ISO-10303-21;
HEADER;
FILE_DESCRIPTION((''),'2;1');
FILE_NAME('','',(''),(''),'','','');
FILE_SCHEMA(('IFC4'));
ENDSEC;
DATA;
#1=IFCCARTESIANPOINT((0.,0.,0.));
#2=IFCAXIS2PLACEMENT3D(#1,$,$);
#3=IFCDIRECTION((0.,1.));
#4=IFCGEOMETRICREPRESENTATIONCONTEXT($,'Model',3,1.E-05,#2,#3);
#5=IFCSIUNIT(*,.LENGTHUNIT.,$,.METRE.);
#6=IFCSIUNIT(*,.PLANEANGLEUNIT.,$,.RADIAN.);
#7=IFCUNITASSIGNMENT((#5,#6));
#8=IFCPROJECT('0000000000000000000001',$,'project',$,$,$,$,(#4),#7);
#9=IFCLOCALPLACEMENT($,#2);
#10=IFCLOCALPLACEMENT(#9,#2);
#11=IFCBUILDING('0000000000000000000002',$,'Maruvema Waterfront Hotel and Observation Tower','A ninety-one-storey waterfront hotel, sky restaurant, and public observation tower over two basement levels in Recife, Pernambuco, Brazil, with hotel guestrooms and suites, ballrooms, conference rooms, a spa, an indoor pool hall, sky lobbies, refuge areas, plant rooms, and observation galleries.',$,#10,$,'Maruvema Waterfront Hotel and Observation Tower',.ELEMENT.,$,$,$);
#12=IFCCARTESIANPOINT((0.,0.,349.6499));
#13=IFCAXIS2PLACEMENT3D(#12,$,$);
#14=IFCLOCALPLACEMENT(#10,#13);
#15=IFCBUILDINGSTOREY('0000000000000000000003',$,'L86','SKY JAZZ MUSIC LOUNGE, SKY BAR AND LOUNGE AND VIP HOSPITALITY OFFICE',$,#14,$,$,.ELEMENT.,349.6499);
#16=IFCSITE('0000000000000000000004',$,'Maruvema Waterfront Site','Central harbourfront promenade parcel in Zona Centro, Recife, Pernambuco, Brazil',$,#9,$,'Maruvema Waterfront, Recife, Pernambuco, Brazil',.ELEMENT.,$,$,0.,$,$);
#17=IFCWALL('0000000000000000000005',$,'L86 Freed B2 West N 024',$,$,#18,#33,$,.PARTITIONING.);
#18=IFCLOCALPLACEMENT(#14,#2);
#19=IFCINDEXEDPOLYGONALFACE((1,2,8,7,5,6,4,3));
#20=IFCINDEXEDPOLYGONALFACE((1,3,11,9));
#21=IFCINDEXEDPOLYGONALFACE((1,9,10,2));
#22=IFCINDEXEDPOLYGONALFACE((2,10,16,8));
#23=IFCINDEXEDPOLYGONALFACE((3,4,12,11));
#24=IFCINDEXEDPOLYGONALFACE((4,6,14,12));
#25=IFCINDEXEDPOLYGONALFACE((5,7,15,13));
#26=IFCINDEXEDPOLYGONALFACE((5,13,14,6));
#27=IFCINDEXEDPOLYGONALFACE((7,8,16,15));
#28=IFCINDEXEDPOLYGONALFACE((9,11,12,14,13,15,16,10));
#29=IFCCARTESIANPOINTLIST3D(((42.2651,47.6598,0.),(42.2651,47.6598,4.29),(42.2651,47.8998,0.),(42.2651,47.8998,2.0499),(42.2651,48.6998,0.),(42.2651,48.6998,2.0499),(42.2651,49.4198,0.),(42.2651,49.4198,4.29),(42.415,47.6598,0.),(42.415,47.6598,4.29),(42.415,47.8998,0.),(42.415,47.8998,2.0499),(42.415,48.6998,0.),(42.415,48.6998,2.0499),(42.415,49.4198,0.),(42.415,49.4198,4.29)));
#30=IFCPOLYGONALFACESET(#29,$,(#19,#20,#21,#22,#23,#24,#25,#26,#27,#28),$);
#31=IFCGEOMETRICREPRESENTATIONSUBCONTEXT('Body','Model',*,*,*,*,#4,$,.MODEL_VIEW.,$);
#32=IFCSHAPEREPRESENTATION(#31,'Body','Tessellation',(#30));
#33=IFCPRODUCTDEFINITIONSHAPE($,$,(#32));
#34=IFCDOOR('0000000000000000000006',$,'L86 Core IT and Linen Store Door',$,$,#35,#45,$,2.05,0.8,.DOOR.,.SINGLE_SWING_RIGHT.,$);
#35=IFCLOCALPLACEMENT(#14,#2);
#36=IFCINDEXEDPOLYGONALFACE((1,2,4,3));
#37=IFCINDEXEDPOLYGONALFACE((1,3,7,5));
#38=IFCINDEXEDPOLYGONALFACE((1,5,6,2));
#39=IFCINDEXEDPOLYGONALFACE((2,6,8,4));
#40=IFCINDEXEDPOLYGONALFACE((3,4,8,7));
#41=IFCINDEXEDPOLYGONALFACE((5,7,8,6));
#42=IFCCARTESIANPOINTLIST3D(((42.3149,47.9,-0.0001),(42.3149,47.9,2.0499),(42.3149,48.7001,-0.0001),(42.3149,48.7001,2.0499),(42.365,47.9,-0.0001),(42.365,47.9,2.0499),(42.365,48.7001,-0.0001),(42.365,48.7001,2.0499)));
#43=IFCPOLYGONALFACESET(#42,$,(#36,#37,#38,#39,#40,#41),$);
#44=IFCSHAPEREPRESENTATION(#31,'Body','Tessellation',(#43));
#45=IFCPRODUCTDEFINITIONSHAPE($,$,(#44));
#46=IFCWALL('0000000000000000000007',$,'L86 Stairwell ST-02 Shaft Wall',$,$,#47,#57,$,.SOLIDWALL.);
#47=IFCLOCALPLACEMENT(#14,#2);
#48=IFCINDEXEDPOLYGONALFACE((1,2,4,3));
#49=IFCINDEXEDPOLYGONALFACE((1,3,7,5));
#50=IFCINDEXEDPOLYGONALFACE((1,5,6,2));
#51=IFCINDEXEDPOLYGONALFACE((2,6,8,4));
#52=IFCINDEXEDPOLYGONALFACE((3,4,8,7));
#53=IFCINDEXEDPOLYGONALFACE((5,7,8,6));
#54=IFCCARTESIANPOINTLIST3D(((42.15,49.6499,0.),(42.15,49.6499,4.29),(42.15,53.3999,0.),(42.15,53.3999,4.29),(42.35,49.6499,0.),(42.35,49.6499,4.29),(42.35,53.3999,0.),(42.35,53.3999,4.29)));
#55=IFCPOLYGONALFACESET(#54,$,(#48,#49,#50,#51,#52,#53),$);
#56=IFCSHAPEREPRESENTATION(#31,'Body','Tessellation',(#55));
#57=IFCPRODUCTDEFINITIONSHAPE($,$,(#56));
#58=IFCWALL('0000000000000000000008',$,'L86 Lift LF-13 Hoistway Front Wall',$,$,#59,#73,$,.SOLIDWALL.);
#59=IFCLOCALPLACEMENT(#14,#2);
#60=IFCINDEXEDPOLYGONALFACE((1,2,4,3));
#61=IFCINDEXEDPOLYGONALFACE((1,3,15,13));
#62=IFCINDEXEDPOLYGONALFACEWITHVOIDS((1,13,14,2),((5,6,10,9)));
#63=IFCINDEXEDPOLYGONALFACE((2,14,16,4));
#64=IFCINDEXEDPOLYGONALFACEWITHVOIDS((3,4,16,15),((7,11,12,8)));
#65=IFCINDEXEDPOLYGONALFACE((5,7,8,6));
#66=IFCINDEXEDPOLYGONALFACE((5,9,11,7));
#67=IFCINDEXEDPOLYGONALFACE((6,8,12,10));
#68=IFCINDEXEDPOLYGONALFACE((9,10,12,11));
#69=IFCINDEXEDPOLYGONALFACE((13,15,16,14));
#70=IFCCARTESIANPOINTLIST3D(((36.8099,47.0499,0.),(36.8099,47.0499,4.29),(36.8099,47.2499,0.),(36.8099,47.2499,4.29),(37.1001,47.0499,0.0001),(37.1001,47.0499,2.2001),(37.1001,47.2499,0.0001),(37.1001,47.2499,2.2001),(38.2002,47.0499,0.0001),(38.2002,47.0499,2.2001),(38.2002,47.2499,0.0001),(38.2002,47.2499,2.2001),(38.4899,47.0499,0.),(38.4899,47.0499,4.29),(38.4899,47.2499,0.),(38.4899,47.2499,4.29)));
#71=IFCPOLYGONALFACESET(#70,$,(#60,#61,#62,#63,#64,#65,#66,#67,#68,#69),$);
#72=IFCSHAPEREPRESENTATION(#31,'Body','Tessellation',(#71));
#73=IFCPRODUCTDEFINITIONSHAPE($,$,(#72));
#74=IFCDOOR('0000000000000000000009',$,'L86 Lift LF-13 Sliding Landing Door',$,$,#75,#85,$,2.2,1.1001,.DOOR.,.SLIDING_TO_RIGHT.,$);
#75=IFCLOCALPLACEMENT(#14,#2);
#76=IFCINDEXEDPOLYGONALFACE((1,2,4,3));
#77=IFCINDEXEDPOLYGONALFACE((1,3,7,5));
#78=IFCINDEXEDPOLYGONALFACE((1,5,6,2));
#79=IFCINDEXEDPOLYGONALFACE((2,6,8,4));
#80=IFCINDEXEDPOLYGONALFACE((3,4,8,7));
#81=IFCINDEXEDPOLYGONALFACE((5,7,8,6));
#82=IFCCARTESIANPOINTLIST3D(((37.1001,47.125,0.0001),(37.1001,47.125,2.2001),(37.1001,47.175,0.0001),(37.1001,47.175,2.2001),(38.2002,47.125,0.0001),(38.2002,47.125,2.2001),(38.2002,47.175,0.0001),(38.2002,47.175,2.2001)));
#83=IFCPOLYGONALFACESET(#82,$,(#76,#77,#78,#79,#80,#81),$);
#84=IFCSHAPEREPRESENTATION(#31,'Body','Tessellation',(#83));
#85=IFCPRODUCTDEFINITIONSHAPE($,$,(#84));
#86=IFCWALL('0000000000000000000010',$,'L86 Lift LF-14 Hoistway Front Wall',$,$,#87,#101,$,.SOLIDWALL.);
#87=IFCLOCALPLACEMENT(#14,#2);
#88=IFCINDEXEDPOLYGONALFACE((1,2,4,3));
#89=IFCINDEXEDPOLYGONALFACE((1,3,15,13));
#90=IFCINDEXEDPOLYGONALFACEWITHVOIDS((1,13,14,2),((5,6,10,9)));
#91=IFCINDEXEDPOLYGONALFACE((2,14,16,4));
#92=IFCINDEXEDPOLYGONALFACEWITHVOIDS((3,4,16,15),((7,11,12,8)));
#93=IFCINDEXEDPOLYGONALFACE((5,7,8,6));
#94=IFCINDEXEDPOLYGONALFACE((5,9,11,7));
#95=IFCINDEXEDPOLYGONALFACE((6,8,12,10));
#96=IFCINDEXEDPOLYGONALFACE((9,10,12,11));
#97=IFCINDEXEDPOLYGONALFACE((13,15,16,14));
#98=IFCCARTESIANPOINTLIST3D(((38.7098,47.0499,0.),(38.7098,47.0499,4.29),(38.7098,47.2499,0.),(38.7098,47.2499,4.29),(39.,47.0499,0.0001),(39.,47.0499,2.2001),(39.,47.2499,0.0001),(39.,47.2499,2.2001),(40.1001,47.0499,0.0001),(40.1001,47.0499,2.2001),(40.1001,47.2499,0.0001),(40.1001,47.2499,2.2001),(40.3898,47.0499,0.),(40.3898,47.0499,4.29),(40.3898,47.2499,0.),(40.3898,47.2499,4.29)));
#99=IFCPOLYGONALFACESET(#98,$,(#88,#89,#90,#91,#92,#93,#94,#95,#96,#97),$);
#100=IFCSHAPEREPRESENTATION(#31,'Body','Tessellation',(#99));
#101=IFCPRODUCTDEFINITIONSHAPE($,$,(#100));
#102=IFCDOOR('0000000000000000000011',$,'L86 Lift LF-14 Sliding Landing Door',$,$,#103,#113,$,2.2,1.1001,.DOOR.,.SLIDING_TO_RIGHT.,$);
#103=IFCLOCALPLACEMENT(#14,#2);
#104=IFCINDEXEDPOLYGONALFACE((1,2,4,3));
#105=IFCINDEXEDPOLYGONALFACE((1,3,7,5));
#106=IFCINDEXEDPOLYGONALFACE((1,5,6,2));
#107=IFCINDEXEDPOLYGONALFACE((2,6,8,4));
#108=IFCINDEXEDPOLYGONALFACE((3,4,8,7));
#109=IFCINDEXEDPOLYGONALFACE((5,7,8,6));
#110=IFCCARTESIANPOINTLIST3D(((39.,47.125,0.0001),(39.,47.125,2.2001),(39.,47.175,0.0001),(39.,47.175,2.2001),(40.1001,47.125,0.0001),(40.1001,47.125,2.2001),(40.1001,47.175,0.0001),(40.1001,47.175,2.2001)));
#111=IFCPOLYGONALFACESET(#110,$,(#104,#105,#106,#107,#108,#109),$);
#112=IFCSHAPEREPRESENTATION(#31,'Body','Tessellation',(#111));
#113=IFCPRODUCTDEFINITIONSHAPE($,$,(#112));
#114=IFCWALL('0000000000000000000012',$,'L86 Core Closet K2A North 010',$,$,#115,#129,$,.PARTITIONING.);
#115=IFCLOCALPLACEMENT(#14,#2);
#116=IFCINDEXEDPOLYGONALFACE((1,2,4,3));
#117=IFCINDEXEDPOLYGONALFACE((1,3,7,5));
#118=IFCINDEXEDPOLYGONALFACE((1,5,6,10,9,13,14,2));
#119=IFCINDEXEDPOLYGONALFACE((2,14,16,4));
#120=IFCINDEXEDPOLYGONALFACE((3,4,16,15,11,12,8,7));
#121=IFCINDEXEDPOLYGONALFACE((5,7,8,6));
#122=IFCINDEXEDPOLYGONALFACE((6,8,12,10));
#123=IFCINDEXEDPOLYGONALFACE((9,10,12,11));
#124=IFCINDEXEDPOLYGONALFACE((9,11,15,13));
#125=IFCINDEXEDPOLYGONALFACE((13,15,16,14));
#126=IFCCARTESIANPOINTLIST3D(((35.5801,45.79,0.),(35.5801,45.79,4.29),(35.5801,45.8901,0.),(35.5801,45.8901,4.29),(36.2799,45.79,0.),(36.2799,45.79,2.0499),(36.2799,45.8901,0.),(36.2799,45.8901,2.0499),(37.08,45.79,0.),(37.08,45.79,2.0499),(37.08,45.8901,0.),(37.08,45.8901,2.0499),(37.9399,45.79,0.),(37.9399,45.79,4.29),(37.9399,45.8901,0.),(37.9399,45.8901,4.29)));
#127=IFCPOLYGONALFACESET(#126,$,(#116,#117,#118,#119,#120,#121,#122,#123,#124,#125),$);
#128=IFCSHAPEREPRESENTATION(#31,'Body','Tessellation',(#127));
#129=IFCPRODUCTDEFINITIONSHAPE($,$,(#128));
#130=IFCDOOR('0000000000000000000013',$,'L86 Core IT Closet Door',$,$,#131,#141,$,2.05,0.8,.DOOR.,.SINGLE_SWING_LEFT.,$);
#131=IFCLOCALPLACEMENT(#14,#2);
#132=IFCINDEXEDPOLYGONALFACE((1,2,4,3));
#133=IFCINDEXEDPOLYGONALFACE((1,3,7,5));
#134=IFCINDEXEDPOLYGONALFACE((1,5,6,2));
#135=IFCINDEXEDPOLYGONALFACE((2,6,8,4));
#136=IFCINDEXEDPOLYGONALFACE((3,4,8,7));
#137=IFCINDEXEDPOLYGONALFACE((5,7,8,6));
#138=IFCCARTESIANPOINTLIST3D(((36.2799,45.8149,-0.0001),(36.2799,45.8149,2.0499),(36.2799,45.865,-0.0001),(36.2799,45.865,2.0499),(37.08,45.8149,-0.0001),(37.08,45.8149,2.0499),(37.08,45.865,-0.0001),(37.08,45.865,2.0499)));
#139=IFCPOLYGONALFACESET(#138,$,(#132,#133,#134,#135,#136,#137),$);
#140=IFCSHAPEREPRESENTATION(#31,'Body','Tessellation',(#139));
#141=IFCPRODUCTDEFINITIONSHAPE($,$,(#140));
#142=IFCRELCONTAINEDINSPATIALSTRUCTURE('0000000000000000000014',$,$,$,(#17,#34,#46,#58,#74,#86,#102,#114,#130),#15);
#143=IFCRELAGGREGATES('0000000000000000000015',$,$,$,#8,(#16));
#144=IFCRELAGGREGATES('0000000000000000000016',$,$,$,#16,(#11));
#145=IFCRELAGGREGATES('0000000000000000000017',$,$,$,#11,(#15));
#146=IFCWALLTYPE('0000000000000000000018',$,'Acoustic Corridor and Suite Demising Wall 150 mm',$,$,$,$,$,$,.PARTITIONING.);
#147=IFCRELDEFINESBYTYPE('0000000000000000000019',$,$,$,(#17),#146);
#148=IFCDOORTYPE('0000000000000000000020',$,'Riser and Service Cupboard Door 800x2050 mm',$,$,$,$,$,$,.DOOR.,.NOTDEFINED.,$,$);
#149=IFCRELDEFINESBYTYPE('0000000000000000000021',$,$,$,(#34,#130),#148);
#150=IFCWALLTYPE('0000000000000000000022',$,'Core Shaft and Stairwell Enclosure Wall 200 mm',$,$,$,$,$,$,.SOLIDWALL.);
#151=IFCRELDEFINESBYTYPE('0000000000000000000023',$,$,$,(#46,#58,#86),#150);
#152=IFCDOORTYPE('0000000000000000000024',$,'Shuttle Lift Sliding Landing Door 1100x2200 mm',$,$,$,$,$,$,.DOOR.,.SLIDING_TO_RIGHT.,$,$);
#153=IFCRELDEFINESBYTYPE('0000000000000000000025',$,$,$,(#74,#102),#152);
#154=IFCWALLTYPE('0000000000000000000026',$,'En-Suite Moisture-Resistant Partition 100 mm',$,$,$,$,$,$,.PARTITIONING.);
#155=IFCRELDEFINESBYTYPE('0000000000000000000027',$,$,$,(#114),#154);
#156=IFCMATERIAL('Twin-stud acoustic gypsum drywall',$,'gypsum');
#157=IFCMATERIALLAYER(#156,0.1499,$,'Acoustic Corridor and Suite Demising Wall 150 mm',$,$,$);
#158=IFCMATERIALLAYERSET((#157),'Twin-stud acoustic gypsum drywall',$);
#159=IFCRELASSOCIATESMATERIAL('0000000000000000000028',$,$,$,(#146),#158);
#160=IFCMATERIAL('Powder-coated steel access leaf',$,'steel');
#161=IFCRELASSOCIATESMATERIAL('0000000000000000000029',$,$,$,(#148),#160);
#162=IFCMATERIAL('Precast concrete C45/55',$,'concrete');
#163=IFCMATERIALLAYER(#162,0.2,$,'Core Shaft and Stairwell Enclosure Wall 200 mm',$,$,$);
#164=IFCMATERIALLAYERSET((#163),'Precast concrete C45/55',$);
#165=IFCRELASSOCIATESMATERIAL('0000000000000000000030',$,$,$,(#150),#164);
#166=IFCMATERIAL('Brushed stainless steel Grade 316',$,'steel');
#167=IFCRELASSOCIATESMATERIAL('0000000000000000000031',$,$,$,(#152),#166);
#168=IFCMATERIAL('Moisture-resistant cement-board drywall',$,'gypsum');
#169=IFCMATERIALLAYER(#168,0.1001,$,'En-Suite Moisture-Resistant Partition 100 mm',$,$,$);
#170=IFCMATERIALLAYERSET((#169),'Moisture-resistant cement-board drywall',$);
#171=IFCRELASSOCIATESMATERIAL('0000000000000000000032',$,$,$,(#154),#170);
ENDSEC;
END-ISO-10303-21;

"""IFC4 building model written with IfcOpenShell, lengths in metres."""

from ifc_helpers import new_model, si_unit, direction, frame, frame_2d, origin, place, context, subcontext, project, spatial, rectangle, extrude, material, layer, layer_set, type_object, element, fill, save


model = new_model("IFC4")

# Units and contexts
model_context = context("Model", 3, precision=1e-05, world=origin(), true_north=direction((0.0, 1.0)))
body_context = subcontext(model_context, "Body", "Model", "MODEL_VIEW")
ifc_project = project(units=[si_unit("LENGTHUNIT", "METRE"), si_unit("PLANEANGLEUNIT", "RADIAN")], contexts=[model_context])

# Site, building, storey
site_placement = place(None, origin())
site = spatial("IfcSite", under=ifc_project, at=site_placement, Name="Maruvema Waterfront Site", Description="Central harbourfront promenade parcel in Zona Centro, Recife, Pernambuco, Brazil", LongName="Maruvema Waterfront, Recife, Pernambuco, Brazil", CompositionType="ELEMENT", RefElevation=0.0)
building_placement = place(site_placement, origin())
building = spatial("IfcBuilding", under=site, at=building_placement, Name="Maruvema Waterfront Hotel and Observation Tower", Description="A ninety-one-storey waterfront hotel, sky restaurant, and public observation tower over two basement levels in Recife, Pernambuco, Brazil, with hotel guestrooms and suites, ballrooms, conference rooms, a spa, an indoor pool hall, sky lobbies, refuge areas, plant rooms, and observation galleries.", LongName="Maruvema Waterfront Hotel and Observation Tower", CompositionType="ELEMENT")
storey_placement = place(building_placement, frame((0.0, 0.0, 349.6499)))
storey = spatial("IfcBuildingStorey", under=building, at=storey_placement, Name="L86", Description="SKY JAZZ MUSIC LOUNGE, SKY BAR AND LOUNGE AND VIP HOSPITALITY OFFICE", CompositionType="ELEMENT", Elevation=349.6499)

# Wall, opening, door
ifc_material_1 = material(Name="Twin-stud acoustic gypsum drywall", Category="gypsum")
ifc_layer_1 = layer(ifc_material_1, 0.1499, Name="Acoustic Corridor and Suite Demising Wall 150 mm")
ifc_layer_set_1 = layer_set([ifc_layer_1], Name="Twin-stud acoustic gypsum drywall")
wall_type_1 = type_object("IfcWallType", Name="Acoustic Corridor and Suite Demising Wall 150 mm", PredefinedType="PARTITIONING", material=ifc_layer_set_1)
wall_1_placement = place(storey_placement, frame((42.3401, 47.6599, 0.0), z_axis=(0.0, 0.0, 1.0), x_axis=(0.0, 1.0, 0.0)))
wall_1 = element("IfcWall", 1, at=wall_1_placement, inside=storey, type_object=wall_type_1, Name="L86 Freed B2 West N 024", PredefinedType="PARTITIONING", context=body_context, shape_type="SweptSolid", body=[
    extrude(rectangle(XDim=1.76, YDim=0.1499, at=frame_2d((0.8799, 0.0))), origin(), (0.0, 0.0, 1.0), 4.29),
])
opening_1_placement = place(wall_1_placement, frame((0.24, 0.0, 0.0)))
opening_1 = element("IfcOpeningElement", 2, at=opening_1_placement, cuts=wall_1, PredefinedType="OPENING", context=body_context, shape_type="SweptSolid", body=[
    extrude(rectangle(XDim=0.8, YDim=2.05, at=frame_2d((0.3999, 1.0249))), frame((0.0, 0.085, 0.0), z_axis=(0.0, -1.0, 0.0), x_axis=(1.0, 0.0, 0.0)), (0.0, 0.0, 1.0), 0.1699),
])
ifc_material_2 = material(Name="Powder-coated steel access leaf", Category="steel")
door_type_1 = type_object("IfcDoorType", Name="Riser and Service Cupboard Door 800x2050 mm", OperationType="NOTDEFINED", PredefinedType="DOOR", material=ifc_material_2)
door_1_placement = place(opening_1_placement, frame((0.8, 0.0, 0.0), z_axis=(0.0, 0.0, 1.0), x_axis=(-1.0, 0.0, 0.0)))
door_1 = element("IfcDoor", 3, at=door_1_placement, inside=storey, type_object=door_type_1, Name="L86 Core IT and Linen Store Door", OperationType="SINGLE_SWING_RIGHT", OverallHeight=2.05, OverallWidth=0.8, PredefinedType="DOOR", context=body_context, shape_type="SweptSolid", body=[
    extrude(rectangle(XDim=0.8, YDim=2.05, at=frame_2d((0.3999, 1.0249))), frame((0.0, 0.0249, 0.0), z_axis=(0.0, -1.0, 0.0), x_axis=(1.0, 0.0, 0.0)), (0.0, 0.0, 1.0), 0.05),
])
fill(opening_1, door_1)

# Wall
ifc_material_3 = material(Name="Precast concrete C45/55", Category="concrete")
ifc_layer_2 = layer(ifc_material_3, 0.2, Name="Core Shaft and Stairwell Enclosure Wall 200 mm")
ifc_layer_set_2 = layer_set([ifc_layer_2], Name="Precast concrete C45/55")
wall_type_2 = type_object("IfcWallType", Name="Core Shaft and Stairwell Enclosure Wall 200 mm", PredefinedType="SOLIDWALL", material=ifc_layer_set_2)
wall_2_placement = place(storey_placement, frame((42.25, 49.6499, 0.0), z_axis=(0.0, 0.0, 1.0), x_axis=(0.0, 1.0, 0.0)))
element("IfcWall", 4, at=wall_2_placement, inside=storey, type_object=wall_type_2, Name="L86 Stairwell ST-02 Shaft Wall", PredefinedType="SOLIDWALL", context=body_context, shape_type="SweptSolid", body=[
    extrude(rectangle(XDim=3.75, YDim=0.2, at=frame_2d((1.875, 0.0))), origin(), (0.0, 0.0, 1.0), 4.29),
])

# Walls, openings, doors
wall_3_placement = place(storey_placement, frame((36.8101, 47.1499, 0.0), z_axis=(0.0, 0.0, 1.0), x_axis=(1.0, 0.0, 0.0)))
wall_3 = element("IfcWall", 5, at=wall_3_placement, inside=storey, type_object=wall_type_2, Name="L86 Lift LF-13 Hoistway Front Wall", PredefinedType="SOLIDWALL", context=body_context, shape_type="SweptSolid", body=[
    extrude(rectangle(XDim=1.6799, YDim=0.2, at=frame_2d((0.8398, 0.0))), origin(), (0.0, 0.0, 1.0), 4.29),
])
opening_2_placement = place(wall_3_placement, frame((0.29, 0.0, 0.0)))
opening_2 = element("IfcOpeningElement", 6, at=opening_2_placement, cuts=wall_3, PredefinedType="OPENING", context=body_context, shape_type="SweptSolid", body=[
    extrude(rectangle(XDim=1.1001, YDim=2.2, at=frame_2d((0.55, 1.1001))), frame((0.0, 0.1099, 0.0), z_axis=(0.0, -1.0, 0.0), x_axis=(1.0, 0.0, 0.0)), (0.0, 0.0, 1.0), 0.22),
])
ifc_material_4 = material(Name="Brushed stainless steel Grade 316", Category="steel")
door_type_2 = type_object("IfcDoorType", Name="Shuttle Lift Sliding Landing Door 1100x2200 mm", OperationType="SLIDING_TO_RIGHT", PredefinedType="DOOR", material=ifc_material_4)
door_2_placement = place(opening_2_placement, frame((1.1001, 0.0, 0.0), z_axis=(0.0, 0.0, 1.0), x_axis=(-1.0, 0.0, 0.0)))
door_2 = element("IfcDoor", 7, at=door_2_placement, inside=storey, type_object=door_type_2, Name="L86 Lift LF-13 Sliding Landing Door", OperationType="SLIDING_TO_RIGHT", OverallHeight=2.2, OverallWidth=1.1001, PredefinedType="DOOR", context=body_context, shape_type="SweptSolid", body=[
    extrude(rectangle(XDim=1.1001, YDim=2.2, at=frame_2d((0.55, 1.1001))), frame((0.0, 0.0249, 0.0), z_axis=(0.0, -1.0, 0.0), x_axis=(1.0, 0.0, 0.0)), (0.0, 0.0, 1.0), 0.05),
])
fill(opening_2, door_2)
wall_4_placement = place(storey_placement, frame((38.71, 47.1499, 0.0), z_axis=(0.0, 0.0, 1.0), x_axis=(1.0, 0.0, 0.0)))
wall_4 = element("IfcWall", 8, at=wall_4_placement, inside=storey, type_object=wall_type_2, Name="L86 Lift LF-14 Hoistway Front Wall", PredefinedType="SOLIDWALL", context=body_context, shape_type="SweptSolid", body=[
    extrude(rectangle(XDim=1.6799, YDim=0.2, at=frame_2d((0.8398, 0.0))), origin(), (0.0, 0.0, 1.0), 4.29),
])
opening_3_placement = place(wall_4_placement, frame((0.29, 0.0, 0.0)))
opening_3 = element("IfcOpeningElement", 9, at=opening_3_placement, cuts=wall_4, PredefinedType="OPENING", context=body_context, shape_type="SweptSolid", body=[
    extrude(rectangle(XDim=1.1001, YDim=2.2, at=frame_2d((0.55, 1.1001))), frame((0.0, 0.1099, 0.0), z_axis=(0.0, -1.0, 0.0), x_axis=(1.0, 0.0, 0.0)), (0.0, 0.0, 1.0), 0.22),
])
door_3_placement = place(opening_3_placement, frame((1.1001, 0.0, 0.0), z_axis=(0.0, 0.0, 1.0), x_axis=(-1.0, 0.0, 0.0)))
door_3 = element("IfcDoor", 10, at=door_3_placement, inside=storey, type_object=door_type_2, Name="L86 Lift LF-14 Sliding Landing Door", OperationType="SLIDING_TO_RIGHT", OverallHeight=2.2, OverallWidth=1.1001, PredefinedType="DOOR", context=body_context, shape_type="SweptSolid", body=[
    extrude(rectangle(XDim=1.1001, YDim=2.2, at=frame_2d((0.55, 1.1001))), frame((0.0, 0.0249, 0.0), z_axis=(0.0, -1.0, 0.0), x_axis=(1.0, 0.0, 0.0)), (0.0, 0.0, 1.0), 0.05),
])
fill(opening_3, door_3)
ifc_material_5 = material(Name="Moisture-resistant cement-board drywall", Category="gypsum")
ifc_layer_3 = layer(ifc_material_5, 0.1001, Name="En-Suite Moisture-Resistant Partition 100 mm")
ifc_layer_set_3 = layer_set([ifc_layer_3], Name="Moisture-resistant cement-board drywall")
wall_type_3 = type_object("IfcWallType", Name="En-Suite Moisture-Resistant Partition 100 mm", PredefinedType="PARTITIONING", material=ifc_layer_set_3)
wall_5_placement = place(storey_placement, frame((35.5801, 45.8401, 0.0), z_axis=(0.0, 0.0, 1.0), x_axis=(1.0, 0.0, 0.0)))
wall_5 = element("IfcWall", 11, at=wall_5_placement, inside=storey, type_object=wall_type_3, Name="L86 Core Closet K2A North 010", PredefinedType="PARTITIONING", context=body_context, shape_type="SweptSolid", body=[
    extrude(rectangle(XDim=2.3599, YDim=0.1001, at=frame_2d((1.1799, 0.0))), origin(), (0.0, 0.0, 1.0), 4.29),
])
opening_4_placement = place(wall_5_placement, frame((0.7, 0.0, 0.0)))
opening_4 = element("IfcOpeningElement", 12, at=opening_4_placement, cuts=wall_5, PredefinedType="OPENING", context=body_context, shape_type="SweptSolid", body=[
    extrude(rectangle(XDim=0.8, YDim=2.05, at=frame_2d((0.3999, 1.0249))), frame((0.0, 0.0601, 0.0), z_axis=(0.0, -1.0, 0.0), x_axis=(1.0, 0.0, 0.0)), (0.0, 0.0, 1.0), 0.1201),
])
door_4_placement = place(opening_4_placement, origin())
door_4 = element("IfcDoor", 13, at=door_4_placement, inside=storey, type_object=door_type_1, Name="L86 Core IT Closet Door", OperationType="SINGLE_SWING_LEFT", OverallHeight=2.05, OverallWidth=0.8, PredefinedType="DOOR", context=body_context, shape_type="SweptSolid", body=[
    extrude(rectangle(XDim=0.8, YDim=2.05, at=frame_2d((0.3999, 1.0249))), frame((0.0, 0.0249, 0.0), z_axis=(0.0, -1.0, 0.0), x_axis=(1.0, 0.0, 0.0)), (0.0, 0.0, 1.0), 0.05),
])
fill(opening_4, door_4)

save(model, "model.ifc")
